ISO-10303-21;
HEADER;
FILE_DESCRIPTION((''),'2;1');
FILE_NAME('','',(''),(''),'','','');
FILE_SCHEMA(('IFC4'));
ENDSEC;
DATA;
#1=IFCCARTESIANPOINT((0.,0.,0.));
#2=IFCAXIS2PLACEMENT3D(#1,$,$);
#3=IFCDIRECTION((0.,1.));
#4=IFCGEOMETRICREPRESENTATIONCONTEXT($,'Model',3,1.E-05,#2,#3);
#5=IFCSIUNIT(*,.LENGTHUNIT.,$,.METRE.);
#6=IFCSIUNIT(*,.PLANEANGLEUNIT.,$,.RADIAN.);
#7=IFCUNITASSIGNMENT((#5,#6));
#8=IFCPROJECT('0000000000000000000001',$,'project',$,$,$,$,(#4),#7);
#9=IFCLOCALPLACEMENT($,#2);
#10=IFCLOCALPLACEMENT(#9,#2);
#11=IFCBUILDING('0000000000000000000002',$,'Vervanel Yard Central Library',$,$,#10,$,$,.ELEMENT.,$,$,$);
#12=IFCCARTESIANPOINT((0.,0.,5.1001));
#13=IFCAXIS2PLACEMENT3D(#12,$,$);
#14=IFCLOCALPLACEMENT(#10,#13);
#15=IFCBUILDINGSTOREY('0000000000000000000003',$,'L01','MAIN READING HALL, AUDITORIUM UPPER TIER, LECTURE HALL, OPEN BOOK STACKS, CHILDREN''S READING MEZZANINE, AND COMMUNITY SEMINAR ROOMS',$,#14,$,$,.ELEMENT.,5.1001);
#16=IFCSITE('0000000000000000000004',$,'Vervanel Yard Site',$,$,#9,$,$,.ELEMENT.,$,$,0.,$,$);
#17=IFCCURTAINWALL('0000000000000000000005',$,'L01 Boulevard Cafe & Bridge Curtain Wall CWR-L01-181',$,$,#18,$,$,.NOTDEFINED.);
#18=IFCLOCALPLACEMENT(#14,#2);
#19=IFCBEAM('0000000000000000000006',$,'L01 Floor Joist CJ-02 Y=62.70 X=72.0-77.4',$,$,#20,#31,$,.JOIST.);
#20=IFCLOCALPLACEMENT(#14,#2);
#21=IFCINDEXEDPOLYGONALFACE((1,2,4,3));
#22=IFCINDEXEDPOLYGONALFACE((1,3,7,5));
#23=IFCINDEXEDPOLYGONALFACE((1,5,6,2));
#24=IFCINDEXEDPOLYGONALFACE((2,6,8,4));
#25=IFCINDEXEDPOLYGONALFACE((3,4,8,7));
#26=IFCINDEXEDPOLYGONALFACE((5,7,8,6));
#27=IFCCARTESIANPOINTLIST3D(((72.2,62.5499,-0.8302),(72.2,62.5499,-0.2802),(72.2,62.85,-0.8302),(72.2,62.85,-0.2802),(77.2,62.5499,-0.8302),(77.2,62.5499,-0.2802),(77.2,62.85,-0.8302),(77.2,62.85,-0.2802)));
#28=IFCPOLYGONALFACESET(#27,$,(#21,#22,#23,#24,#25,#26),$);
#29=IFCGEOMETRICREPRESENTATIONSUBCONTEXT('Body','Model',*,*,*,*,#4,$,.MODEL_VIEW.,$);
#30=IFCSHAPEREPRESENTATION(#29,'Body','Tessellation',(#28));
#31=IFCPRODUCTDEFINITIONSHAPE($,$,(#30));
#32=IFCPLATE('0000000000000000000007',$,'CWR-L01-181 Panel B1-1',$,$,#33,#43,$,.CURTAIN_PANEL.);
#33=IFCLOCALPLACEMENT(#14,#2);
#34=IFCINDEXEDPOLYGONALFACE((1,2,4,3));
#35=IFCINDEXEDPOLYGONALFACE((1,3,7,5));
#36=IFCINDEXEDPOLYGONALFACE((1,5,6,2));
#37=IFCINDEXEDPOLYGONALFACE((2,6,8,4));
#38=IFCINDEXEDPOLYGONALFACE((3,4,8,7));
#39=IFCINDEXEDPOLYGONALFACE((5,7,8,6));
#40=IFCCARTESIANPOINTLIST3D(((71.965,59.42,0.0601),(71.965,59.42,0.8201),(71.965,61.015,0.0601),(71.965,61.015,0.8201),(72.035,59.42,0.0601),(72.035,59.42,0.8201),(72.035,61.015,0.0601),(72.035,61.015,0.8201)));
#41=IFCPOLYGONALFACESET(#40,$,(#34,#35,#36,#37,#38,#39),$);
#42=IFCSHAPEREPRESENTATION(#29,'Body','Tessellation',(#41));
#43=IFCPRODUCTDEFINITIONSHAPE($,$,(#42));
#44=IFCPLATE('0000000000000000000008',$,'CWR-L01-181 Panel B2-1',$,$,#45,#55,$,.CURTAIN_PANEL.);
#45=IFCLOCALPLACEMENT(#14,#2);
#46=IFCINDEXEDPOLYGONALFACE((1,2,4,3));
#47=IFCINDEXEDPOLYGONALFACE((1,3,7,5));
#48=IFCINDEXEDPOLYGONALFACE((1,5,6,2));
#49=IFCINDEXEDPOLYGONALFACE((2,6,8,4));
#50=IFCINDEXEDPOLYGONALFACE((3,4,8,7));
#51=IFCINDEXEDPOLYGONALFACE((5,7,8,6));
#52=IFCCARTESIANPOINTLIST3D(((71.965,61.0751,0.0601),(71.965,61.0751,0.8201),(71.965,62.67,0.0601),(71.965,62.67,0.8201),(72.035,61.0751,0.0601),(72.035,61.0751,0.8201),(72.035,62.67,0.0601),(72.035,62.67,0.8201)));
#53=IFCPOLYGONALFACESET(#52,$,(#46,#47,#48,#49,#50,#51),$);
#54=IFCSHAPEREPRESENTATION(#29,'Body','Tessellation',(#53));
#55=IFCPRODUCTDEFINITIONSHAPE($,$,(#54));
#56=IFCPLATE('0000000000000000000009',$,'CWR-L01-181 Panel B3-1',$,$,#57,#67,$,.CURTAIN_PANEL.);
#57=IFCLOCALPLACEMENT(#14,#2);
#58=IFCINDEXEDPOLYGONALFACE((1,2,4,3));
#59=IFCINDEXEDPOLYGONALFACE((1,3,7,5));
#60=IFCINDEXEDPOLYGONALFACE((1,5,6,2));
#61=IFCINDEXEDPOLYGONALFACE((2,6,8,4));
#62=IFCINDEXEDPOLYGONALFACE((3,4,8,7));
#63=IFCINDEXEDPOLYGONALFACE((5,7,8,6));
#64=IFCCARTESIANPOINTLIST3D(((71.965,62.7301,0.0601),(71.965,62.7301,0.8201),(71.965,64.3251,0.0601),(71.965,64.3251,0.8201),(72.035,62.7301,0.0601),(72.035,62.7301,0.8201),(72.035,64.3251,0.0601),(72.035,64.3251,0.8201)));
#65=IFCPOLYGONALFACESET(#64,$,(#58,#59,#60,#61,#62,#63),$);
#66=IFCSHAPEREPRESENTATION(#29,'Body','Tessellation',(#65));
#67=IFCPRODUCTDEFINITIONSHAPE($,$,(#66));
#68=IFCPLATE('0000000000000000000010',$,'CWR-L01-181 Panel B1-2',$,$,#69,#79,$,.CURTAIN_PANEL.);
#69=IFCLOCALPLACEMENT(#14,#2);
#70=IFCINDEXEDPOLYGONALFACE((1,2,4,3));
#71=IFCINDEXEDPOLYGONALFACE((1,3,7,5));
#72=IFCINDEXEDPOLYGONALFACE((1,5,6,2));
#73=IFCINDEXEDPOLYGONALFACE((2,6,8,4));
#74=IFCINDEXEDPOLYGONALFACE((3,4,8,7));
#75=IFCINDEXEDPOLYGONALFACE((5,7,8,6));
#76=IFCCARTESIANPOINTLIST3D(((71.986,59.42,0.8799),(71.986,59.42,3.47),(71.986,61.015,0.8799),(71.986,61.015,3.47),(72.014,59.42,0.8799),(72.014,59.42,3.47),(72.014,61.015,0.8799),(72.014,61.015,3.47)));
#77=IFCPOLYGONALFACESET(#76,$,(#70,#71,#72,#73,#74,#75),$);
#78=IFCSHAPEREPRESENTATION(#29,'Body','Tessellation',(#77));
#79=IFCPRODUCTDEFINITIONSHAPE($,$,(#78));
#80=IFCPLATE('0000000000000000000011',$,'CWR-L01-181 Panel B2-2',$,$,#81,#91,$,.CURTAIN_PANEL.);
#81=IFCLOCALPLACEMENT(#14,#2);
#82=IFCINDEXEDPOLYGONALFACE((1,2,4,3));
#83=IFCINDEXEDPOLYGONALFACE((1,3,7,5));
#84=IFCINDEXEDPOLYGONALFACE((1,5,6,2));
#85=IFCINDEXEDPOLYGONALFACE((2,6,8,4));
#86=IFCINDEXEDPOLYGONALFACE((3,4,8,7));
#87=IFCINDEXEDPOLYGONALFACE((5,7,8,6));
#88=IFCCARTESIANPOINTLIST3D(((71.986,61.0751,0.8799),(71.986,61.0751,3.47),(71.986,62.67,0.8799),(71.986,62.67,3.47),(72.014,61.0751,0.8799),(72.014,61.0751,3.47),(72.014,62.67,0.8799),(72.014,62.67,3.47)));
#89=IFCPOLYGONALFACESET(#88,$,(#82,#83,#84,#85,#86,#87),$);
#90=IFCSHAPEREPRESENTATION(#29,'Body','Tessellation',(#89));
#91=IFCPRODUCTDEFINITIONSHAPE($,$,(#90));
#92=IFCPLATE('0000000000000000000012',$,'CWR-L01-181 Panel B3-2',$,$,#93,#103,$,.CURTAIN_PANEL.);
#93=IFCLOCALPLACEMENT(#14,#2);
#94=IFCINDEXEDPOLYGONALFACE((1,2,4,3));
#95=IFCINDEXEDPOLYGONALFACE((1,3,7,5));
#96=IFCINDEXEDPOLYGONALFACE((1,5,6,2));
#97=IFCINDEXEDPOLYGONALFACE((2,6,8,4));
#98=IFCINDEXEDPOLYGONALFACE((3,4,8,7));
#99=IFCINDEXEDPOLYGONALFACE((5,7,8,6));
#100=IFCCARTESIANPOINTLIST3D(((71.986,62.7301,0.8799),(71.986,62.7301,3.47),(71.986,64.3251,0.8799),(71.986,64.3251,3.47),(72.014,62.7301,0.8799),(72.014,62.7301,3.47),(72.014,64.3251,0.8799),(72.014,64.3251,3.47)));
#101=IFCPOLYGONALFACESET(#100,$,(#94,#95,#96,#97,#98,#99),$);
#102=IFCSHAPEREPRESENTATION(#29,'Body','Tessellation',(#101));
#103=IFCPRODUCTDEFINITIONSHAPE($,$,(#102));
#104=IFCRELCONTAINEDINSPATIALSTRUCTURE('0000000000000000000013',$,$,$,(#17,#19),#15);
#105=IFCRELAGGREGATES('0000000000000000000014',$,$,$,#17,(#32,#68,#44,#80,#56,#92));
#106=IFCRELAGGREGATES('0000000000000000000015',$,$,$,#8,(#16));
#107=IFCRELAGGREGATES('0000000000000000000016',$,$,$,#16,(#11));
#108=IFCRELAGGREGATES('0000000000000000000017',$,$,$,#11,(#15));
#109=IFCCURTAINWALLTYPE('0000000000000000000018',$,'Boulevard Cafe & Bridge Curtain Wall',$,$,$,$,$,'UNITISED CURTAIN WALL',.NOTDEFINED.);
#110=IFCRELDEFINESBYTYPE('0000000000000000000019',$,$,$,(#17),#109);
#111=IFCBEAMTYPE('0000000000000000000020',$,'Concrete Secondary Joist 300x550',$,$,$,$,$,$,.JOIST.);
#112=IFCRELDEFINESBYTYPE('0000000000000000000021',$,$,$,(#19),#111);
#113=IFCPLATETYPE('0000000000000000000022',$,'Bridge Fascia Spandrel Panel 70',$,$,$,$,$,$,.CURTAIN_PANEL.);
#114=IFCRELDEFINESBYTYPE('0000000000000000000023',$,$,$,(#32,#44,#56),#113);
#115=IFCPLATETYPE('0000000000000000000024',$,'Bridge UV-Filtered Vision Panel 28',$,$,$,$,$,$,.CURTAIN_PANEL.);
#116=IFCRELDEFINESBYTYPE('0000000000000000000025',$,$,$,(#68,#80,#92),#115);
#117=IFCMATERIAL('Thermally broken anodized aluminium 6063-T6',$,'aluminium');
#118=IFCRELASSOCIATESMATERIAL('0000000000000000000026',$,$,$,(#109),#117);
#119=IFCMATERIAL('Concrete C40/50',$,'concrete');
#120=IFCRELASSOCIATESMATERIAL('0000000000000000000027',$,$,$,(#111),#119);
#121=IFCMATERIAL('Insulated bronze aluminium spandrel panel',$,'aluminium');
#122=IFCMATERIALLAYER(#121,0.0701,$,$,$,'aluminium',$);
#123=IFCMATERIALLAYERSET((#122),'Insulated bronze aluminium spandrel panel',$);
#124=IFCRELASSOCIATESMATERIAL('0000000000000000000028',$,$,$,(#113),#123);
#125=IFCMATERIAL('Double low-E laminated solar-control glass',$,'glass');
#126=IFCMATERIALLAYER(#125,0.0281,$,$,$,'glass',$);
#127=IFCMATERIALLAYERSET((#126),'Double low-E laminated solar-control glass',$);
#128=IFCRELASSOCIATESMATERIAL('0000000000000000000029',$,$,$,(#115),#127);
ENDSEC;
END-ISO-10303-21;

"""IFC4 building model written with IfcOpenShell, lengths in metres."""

from ifc_helpers import new_model, si_unit, direction, frame, origin, origin_2d, place, context, subcontext, project, spatial, rectangle, extrude, material, layer, layer_set, material_profile, profile_set, type_object, element, aggregate, save


model = new_model("IFC4")

# Units and contexts
model_context = context("Model", 3, precision=1e-05, world=origin(), true_north=direction((0.0, 1.0)))
body_context = subcontext(model_context, "Body", "Model", "MODEL_VIEW")
ifc_project = project(units=[si_unit("LENGTHUNIT", "METRE"), si_unit("PLANEANGLEUNIT", "RADIAN")], contexts=[model_context])

# Site, building, storey
site_placement = place(None, origin())
site = spatial("IfcSite", under=ifc_project, at=site_placement, Name="Vervanel Yard Site", CompositionType="ELEMENT", RefElevation=0.0)
building_placement = place(site_placement, origin())
building = spatial("IfcBuilding", under=site, at=building_placement, Name="Vervanel Yard Central Library", CompositionType="ELEMENT")
storey_placement = place(building_placement, frame((0.0, 0.0, 5.1001)))
storey = spatial("IfcBuildingStorey", under=building, at=storey_placement, Name="L01", Description="MAIN READING HALL, AUDITORIUM UPPER TIER, LECTURE HALL, OPEN BOOK STACKS, CHILDREN'S READING MEZZANINE, AND COMMUNITY SEMINAR ROOMS", CompositionType="ELEMENT", Elevation=5.1001)

# Curtain wall
ifc_material_1 = material(Name="Thermally broken anodized aluminium 6063-T6", Category="aluminium")
curtain_wall_type = type_object("IfcCurtainWallType", Name="Boulevard Cafe & Bridge Curtain Wall", ElementType="UNITISED CURTAIN WALL", PredefinedType="NOTDEFINED", material=ifc_material_1)
curtain_wall_placement = place(storey_placement, origin())
curtain_wall = element("IfcCurtainWall", 1, at=curtain_wall_placement, inside=storey, type_object=curtain_wall_type, Name="L01 Boulevard Cafe & Bridge Curtain Wall CWR-L01-181", PredefinedType="NOTDEFINED")

# Beam
ifc_material_2 = material(Name="Concrete C40/50", Category="concrete")
ifc_material_profile_1 = material_profile(ifc_material_2, rectangle(XDim=0.3, YDim=0.55, at=origin_2d()), Name="RC 300x550", Category="concrete")
ifc_profile_set_1 = profile_set([ifc_material_profile_1], Name="Concrete C40/50")
beam_type = type_object("IfcBeamType", Name="Concrete Secondary Joist 300x550", PredefinedType="JOIST", material=ifc_profile_set_1)
beam_placement = place(storey_placement, frame((72.2, 62.7, -0.5552), z_axis=(1.0, 0.0, 0.0), x_axis=(0.0, 1.0, 0.0)))
element("IfcBeam", 2, at=beam_placement, inside=storey, type_object=beam_type, Name="L01 Floor Joist CJ-02 Y=62.70 X=72.0-77.4", PredefinedType="JOIST", context=body_context, shape_type="SweptSolid", body=[
    extrude(rectangle(XDim=0.3, YDim=0.55, at=origin_2d()), origin(), (0.0, 0.0, 1.0), 5.0),
])

# Plates
ifc_material_3 = material(Name="Insulated bronze aluminium spandrel panel", Category="aluminium")
ifc_layer_1 = layer(ifc_material_3, 0.0701, Category="aluminium")
ifc_layer_set_1 = layer_set([ifc_layer_1], Name="Insulated bronze aluminium spandrel panel")
plate_type_1 = type_object("IfcPlateType", Name="Bridge Fascia Spandrel Panel 70", PredefinedType="CURTAIN_PANEL", material=ifc_layer_set_1)
plate_1_placement = place(storey_placement, frame((72.0, 60.2175, 0.0601), z_axis=(0.0, 0.0, 1.0), x_axis=(0.0, 1.0, 0.0)))
plate_1 = element("IfcPlate", 3, at=plate_1_placement, type_object=plate_type_1, Name="CWR-L01-181 Panel B1-1", PredefinedType="CURTAIN_PANEL", context=body_context, shape_type="SweptSolid", body=[
    extrude(rectangle(XDim=1.595, YDim=0.0701, at=origin_2d()), origin(), (0.0, 0.0, 1.0), 0.76),
])
plate_2_placement = place(storey_placement, frame((72.0, 61.8726, 0.0601), z_axis=(0.0, 0.0, 1.0), x_axis=(0.0, 1.0, 0.0)))
plate_2 = element("IfcPlate", 4, at=plate_2_placement, type_object=plate_type_1, Name="CWR-L01-181 Panel B2-1", PredefinedType="CURTAIN_PANEL", context=body_context, shape_type="SweptSolid", body=[
    extrude(rectangle(XDim=1.595, YDim=0.0701, at=origin_2d()), origin(), (0.0, 0.0, 1.0), 0.76),
])
plate_3_placement = place(storey_placement, frame((72.0, 63.5276, 0.0601), z_axis=(0.0, 0.0, 1.0), x_axis=(0.0, 1.0, 0.0)))
plate_3 = element("IfcPlate", 5, at=plate_3_placement, type_object=plate_type_1, Name="CWR-L01-181 Panel B3-1", PredefinedType="CURTAIN_PANEL", context=body_context, shape_type="SweptSolid", body=[
    extrude(rectangle(XDim=1.595, YDim=0.0701, at=origin_2d()), origin(), (0.0, 0.0, 1.0), 0.76),
])
ifc_material_4 = material(Name="Double low-E laminated solar-control glass", Category="glass")
ifc_layer_2 = layer(ifc_material_4, 0.0281, Category="glass")
ifc_layer_set_2 = layer_set([ifc_layer_2], Name="Double low-E laminated solar-control glass")
plate_type_2 = type_object("IfcPlateType", Name="Bridge UV-Filtered Vision Panel 28", PredefinedType="CURTAIN_PANEL", material=ifc_layer_set_2)
plate_4_placement = place(storey_placement, frame((72.0, 60.2175, 0.8799), z_axis=(0.0, 0.0, 1.0), x_axis=(0.0, 1.0, 0.0)))
plate_4 = element("IfcPlate", 6, at=plate_4_placement, type_object=plate_type_2, Name="CWR-L01-181 Panel B1-2", PredefinedType="CURTAIN_PANEL", context=body_context, shape_type="SweptSolid", body=[
    extrude(rectangle(XDim=1.595, YDim=0.0281, at=origin_2d()), origin(), (0.0, 0.0, 1.0), 2.5901),
])
plate_5_placement = place(storey_placement, frame((72.0, 61.8726, 0.8799), z_axis=(0.0, 0.0, 1.0), x_axis=(0.0, 1.0, 0.0)))
plate_5 = element("IfcPlate", 7, at=plate_5_placement, type_object=plate_type_2, Name="CWR-L01-181 Panel B2-2", PredefinedType="CURTAIN_PANEL", context=body_context, shape_type="SweptSolid", body=[
    extrude(rectangle(XDim=1.595, YDim=0.0281, at=origin_2d()), origin(), (0.0, 0.0, 1.0), 2.5901),
])
plate_6_placement = place(storey_placement, frame((72.0, 63.5276, 0.8799), z_axis=(0.0, 0.0, 1.0), x_axis=(0.0, 1.0, 0.0)))
plate_6 = element("IfcPlate", 8, at=plate_6_placement, type_object=plate_type_2, Name="CWR-L01-181 Panel B3-2", PredefinedType="CURTAIN_PANEL", context=body_context, shape_type="SweptSolid", body=[
    extrude(rectangle(XDim=1.595, YDim=0.0281, at=origin_2d()), origin(), (0.0, 0.0, 1.0), 2.5901),
])
aggregate(curtain_wall, [plate_1, plate_4, plate_2, plate_5, plate_3, plate_6])

save(model, "model.ifc")
